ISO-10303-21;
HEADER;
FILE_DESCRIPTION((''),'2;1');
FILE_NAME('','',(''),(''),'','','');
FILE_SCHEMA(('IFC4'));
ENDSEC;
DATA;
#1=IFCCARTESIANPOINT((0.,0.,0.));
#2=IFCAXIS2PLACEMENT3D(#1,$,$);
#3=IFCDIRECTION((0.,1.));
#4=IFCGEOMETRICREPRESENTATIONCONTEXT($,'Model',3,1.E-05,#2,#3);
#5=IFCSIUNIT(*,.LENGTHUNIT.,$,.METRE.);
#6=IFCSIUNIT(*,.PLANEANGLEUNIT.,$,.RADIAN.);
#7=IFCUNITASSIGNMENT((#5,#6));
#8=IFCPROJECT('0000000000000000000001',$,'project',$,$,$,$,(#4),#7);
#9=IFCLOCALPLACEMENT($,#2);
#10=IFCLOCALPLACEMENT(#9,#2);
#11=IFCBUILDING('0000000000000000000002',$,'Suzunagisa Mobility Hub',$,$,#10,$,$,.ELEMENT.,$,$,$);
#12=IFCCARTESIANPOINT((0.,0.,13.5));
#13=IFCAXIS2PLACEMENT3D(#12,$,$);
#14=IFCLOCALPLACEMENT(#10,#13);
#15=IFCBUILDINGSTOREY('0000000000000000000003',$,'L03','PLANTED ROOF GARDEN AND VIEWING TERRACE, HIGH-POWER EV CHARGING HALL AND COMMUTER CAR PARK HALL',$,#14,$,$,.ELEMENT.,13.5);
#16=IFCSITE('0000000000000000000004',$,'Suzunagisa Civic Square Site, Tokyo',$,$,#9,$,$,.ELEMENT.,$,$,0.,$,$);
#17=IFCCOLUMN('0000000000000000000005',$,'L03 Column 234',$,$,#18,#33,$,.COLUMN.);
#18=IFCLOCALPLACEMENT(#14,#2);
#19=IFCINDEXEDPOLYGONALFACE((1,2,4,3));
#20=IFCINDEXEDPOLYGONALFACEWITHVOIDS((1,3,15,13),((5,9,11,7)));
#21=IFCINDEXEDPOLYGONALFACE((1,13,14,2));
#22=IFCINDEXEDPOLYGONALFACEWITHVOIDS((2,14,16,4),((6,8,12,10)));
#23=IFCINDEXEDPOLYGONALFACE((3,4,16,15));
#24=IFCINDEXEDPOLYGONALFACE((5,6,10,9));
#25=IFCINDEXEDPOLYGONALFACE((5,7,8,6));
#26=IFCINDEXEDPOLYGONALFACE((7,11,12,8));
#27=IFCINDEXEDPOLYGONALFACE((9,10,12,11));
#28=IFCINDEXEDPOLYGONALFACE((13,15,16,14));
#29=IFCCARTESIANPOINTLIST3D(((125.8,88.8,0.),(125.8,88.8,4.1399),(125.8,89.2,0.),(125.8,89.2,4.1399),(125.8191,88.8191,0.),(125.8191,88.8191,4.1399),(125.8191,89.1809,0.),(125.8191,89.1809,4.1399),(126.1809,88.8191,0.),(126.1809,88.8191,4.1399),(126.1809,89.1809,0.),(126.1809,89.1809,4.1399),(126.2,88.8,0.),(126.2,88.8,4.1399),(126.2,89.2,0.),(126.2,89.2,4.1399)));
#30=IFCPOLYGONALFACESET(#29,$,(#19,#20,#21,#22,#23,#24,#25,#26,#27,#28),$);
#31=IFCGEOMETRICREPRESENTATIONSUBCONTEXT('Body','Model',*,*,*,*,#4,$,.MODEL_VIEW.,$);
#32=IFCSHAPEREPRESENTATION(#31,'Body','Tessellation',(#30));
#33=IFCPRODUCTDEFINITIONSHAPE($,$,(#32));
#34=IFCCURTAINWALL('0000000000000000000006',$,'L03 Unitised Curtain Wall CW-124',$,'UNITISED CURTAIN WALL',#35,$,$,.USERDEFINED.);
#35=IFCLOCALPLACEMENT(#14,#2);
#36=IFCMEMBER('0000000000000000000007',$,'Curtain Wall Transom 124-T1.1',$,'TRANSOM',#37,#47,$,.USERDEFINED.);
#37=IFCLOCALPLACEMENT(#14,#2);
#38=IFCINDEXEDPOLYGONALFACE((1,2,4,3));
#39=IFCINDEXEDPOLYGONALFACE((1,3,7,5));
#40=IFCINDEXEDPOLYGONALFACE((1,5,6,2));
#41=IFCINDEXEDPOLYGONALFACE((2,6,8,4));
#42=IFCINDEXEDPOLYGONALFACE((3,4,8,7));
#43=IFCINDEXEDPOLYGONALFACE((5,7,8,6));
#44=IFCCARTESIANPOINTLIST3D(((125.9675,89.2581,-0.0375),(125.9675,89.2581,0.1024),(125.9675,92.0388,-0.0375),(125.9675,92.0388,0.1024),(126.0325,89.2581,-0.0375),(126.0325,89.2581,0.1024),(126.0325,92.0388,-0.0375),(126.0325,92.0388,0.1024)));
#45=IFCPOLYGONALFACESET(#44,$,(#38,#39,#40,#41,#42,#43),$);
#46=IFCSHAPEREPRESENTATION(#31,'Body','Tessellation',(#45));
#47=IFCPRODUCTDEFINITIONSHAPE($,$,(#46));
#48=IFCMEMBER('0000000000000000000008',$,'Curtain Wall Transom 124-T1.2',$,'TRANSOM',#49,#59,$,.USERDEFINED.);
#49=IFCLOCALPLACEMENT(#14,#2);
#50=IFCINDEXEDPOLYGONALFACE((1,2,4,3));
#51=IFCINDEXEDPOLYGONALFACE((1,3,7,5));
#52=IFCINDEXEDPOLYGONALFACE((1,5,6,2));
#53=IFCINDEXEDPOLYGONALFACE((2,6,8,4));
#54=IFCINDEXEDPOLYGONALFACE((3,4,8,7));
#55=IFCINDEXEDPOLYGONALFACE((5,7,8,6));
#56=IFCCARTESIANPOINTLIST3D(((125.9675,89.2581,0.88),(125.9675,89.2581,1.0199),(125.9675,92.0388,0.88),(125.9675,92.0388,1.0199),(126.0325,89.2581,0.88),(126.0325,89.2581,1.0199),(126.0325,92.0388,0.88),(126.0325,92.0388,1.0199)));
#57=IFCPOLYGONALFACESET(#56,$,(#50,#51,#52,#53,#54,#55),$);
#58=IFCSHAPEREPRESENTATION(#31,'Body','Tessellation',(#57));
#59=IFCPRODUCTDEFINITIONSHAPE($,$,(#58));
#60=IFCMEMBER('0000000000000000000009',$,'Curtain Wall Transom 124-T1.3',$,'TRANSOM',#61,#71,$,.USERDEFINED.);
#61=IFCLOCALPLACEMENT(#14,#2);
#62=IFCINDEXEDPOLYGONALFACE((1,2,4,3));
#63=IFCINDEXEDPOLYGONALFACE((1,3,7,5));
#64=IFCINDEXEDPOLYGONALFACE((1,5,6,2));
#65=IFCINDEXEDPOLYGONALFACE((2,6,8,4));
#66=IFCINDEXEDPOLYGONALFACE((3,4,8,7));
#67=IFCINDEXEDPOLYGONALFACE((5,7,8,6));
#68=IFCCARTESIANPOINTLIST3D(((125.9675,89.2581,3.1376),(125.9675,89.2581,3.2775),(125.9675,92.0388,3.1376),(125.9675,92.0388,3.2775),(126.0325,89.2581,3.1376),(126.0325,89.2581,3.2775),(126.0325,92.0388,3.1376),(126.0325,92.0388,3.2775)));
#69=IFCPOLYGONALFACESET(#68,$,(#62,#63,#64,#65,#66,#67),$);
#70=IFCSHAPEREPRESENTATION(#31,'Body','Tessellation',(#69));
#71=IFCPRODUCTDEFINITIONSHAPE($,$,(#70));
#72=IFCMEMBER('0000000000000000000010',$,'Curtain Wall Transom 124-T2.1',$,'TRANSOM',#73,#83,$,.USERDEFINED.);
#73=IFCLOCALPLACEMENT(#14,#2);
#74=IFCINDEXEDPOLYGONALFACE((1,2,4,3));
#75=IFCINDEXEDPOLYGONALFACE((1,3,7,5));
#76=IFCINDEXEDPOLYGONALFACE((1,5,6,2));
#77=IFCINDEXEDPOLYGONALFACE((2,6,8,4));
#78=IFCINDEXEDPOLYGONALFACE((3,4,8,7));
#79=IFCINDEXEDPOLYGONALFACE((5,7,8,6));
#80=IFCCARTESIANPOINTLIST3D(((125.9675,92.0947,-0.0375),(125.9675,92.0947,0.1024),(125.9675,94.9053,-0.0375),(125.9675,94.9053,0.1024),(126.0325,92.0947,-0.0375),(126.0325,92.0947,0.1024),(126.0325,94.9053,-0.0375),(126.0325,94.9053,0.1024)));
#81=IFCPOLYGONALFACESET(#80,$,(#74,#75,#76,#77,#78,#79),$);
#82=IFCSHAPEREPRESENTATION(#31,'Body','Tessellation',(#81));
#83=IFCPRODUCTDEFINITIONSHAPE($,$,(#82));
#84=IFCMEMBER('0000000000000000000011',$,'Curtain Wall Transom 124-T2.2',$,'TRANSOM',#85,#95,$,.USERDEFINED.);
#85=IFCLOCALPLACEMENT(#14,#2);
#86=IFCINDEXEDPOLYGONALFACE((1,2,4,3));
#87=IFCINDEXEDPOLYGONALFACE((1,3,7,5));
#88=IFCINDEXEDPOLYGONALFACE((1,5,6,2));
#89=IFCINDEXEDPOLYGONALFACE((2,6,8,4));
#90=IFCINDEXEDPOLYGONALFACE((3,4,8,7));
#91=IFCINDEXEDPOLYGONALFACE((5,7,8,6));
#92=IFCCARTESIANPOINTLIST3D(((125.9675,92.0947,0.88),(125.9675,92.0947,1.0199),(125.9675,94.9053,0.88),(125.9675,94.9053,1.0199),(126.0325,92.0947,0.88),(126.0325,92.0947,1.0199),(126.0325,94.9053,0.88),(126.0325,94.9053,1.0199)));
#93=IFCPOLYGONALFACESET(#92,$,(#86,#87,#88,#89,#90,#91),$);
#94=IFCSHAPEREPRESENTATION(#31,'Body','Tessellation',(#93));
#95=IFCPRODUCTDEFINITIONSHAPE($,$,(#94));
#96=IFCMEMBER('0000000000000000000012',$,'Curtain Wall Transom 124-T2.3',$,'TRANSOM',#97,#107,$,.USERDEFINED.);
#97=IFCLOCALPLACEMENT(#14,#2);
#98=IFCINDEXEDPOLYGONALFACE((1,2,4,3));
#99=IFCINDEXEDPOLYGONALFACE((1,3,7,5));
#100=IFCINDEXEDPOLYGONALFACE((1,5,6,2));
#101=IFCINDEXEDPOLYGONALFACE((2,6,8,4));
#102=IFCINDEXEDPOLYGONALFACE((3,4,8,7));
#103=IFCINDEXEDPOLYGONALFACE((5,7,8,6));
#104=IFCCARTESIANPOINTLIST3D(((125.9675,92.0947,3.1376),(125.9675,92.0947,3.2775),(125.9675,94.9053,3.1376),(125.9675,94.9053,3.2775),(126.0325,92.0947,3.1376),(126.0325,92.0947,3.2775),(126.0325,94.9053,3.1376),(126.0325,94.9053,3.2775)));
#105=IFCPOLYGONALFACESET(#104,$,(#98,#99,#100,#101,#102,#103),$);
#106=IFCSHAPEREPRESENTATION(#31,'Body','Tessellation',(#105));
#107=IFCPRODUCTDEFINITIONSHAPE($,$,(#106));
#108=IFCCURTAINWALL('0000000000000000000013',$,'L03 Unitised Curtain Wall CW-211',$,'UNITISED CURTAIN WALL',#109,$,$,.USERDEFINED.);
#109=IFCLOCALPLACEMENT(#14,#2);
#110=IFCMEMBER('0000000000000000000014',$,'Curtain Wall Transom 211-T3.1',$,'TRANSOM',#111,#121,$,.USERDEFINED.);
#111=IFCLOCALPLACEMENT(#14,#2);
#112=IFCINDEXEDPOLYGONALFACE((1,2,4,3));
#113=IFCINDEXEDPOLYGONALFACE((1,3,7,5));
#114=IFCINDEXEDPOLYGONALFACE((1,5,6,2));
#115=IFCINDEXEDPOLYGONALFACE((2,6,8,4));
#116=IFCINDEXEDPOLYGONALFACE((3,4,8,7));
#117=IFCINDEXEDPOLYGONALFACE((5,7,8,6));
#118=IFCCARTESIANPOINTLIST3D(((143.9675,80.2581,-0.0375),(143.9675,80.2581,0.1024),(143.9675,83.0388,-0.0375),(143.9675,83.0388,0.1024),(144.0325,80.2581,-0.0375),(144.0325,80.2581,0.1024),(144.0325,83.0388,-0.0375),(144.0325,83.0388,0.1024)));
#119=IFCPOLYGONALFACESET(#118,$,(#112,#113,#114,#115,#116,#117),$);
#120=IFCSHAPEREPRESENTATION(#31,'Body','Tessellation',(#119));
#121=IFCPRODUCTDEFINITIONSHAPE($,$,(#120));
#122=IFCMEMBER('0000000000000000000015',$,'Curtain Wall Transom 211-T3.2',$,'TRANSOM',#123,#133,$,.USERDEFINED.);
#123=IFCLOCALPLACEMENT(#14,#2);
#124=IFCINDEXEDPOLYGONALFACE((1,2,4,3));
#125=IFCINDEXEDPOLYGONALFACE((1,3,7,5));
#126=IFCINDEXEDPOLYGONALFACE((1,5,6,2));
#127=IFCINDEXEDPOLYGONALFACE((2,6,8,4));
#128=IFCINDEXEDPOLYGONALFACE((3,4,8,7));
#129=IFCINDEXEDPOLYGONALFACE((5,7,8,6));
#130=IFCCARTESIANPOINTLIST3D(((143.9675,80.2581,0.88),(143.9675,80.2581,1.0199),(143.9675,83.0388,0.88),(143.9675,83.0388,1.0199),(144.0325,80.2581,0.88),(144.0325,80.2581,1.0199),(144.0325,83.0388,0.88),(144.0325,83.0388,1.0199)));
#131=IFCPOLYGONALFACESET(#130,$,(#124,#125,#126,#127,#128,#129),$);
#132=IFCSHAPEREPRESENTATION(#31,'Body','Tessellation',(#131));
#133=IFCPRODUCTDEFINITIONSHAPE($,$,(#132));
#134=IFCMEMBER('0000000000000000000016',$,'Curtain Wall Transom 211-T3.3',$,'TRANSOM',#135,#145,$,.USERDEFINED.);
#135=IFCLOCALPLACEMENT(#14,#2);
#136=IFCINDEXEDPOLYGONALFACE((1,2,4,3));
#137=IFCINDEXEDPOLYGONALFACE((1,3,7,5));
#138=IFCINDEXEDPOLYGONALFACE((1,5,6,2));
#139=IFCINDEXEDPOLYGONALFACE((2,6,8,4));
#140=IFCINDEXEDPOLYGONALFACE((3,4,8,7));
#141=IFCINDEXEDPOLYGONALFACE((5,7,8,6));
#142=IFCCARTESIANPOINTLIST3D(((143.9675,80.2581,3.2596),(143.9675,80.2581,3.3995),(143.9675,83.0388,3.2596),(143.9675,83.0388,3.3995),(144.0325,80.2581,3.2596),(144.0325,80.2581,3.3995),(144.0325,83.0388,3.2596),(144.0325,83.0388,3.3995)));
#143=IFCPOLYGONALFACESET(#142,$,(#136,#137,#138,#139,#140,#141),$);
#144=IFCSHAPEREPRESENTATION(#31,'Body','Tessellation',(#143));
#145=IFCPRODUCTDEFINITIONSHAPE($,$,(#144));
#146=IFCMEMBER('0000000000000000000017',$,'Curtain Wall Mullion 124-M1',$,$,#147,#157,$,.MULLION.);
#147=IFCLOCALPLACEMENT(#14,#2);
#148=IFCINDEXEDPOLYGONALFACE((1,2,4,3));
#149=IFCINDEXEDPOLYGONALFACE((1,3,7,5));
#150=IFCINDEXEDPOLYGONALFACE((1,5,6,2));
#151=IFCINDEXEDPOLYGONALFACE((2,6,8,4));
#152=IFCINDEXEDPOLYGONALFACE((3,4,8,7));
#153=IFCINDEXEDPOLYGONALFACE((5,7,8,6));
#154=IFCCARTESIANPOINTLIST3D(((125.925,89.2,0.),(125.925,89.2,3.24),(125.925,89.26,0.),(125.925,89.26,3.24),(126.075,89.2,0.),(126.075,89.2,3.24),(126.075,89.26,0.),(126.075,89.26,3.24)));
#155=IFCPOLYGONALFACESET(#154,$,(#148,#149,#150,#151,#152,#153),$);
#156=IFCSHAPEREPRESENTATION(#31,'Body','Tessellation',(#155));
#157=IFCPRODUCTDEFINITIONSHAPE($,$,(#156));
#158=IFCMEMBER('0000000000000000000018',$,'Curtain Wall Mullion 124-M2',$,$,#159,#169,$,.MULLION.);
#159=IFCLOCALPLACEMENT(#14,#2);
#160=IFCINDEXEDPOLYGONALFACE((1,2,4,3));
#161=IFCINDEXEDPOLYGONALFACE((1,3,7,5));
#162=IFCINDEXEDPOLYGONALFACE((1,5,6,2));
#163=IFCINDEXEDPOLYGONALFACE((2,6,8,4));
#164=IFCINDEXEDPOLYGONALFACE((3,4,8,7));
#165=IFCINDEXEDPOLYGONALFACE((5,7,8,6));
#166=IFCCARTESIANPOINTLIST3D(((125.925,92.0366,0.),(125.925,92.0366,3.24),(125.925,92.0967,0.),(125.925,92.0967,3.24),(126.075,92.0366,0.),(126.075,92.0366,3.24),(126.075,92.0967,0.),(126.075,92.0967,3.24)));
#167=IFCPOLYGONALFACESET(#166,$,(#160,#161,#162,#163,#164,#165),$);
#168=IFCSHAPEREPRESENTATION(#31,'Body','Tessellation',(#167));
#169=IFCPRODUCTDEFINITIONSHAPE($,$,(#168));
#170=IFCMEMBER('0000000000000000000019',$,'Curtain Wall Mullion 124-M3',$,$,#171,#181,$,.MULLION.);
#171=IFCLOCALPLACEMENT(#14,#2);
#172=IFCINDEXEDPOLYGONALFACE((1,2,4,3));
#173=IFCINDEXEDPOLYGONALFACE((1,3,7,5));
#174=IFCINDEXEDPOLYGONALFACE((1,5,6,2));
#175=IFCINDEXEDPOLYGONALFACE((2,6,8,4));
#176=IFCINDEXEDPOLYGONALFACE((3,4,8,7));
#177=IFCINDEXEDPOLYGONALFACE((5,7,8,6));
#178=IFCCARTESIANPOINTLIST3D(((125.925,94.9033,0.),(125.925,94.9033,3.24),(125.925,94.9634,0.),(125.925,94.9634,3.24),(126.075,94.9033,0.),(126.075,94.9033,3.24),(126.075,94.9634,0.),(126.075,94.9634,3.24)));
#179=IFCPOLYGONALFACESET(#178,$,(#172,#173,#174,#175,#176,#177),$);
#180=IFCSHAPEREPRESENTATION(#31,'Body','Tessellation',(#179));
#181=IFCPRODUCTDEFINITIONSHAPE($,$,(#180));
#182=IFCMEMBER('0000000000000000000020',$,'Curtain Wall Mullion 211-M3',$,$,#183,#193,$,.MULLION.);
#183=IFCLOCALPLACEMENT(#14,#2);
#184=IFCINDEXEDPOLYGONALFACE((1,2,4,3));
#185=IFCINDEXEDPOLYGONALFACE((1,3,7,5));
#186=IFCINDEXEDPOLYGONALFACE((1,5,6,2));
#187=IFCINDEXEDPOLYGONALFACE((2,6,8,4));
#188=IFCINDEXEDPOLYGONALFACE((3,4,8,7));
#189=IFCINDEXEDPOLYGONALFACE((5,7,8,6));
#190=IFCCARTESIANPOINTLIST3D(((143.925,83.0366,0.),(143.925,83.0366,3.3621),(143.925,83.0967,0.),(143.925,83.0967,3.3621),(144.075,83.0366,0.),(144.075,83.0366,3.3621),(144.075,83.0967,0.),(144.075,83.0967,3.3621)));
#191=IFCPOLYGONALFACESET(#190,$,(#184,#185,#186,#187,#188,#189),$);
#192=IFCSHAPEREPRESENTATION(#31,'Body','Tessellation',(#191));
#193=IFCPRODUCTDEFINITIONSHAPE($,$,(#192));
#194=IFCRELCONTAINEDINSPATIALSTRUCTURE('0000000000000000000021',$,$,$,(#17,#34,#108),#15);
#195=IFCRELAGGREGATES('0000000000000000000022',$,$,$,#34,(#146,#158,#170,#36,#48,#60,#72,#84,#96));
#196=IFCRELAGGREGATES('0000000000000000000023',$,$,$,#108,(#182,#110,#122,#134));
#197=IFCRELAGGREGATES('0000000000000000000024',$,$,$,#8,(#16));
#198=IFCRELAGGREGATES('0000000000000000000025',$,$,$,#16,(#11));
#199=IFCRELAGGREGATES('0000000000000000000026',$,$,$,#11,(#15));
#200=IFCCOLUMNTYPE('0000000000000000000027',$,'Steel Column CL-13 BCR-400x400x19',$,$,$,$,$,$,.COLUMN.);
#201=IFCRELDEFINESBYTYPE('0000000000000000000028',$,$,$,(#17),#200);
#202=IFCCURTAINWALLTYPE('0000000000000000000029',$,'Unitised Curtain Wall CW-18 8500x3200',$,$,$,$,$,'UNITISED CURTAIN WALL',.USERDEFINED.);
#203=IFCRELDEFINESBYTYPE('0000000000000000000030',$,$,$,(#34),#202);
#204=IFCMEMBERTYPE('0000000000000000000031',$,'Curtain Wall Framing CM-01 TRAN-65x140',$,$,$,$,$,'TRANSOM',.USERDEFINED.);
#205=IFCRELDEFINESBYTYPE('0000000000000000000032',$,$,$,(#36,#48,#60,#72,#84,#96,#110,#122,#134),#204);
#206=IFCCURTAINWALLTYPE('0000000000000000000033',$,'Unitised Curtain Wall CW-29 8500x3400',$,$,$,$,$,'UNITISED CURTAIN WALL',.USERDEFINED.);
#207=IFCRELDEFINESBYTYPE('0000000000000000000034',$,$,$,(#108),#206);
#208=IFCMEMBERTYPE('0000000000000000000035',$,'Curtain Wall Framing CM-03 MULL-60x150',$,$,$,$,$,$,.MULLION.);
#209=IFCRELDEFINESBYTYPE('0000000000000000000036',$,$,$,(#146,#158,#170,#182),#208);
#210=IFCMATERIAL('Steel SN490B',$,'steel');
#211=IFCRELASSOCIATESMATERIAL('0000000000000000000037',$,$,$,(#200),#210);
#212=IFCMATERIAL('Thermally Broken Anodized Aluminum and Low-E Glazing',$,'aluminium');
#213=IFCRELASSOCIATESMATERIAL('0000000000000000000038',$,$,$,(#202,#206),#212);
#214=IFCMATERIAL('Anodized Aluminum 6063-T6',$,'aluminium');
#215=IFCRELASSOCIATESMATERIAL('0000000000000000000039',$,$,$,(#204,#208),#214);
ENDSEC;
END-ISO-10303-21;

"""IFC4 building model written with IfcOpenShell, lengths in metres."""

from ifc_helpers import new_model, si_unit, direction, frame, origin, origin_2d, place, context, subcontext, project, spatial, rectangle, hollow_rectangle, extrude, material, material_profile, profile_set, type_object, element, aggregate, save


model = new_model("IFC4")

# Units and contexts
model_context = context("Model", 3, precision=1e-05, world=origin(), true_north=direction((0.0, 1.0)))
body_context = subcontext(model_context, "Body", "Model", "MODEL_VIEW")
ifc_project = project(units=[si_unit("LENGTHUNIT", "METRE"), si_unit("PLANEANGLEUNIT", "RADIAN")], contexts=[model_context])

# Site, building, storey
site_placement = place(None, origin())
site = spatial("IfcSite", under=ifc_project, at=site_placement, Name="Suzunagisa Civic Square Site, Tokyo", CompositionType="ELEMENT", RefElevation=0.0)
building_placement = place(site_placement, origin())
building = spatial("IfcBuilding", under=site, at=building_placement, Name="Suzunagisa Mobility Hub", CompositionType="ELEMENT")
storey_placement = place(building_placement, frame((0.0, 0.0, 13.5)))
storey = spatial("IfcBuildingStorey", under=building, at=storey_placement, Name="L03", Description="PLANTED ROOF GARDEN AND VIEWING TERRACE, HIGH-POWER EV CHARGING HALL AND COMMUTER CAR PARK HALL", CompositionType="ELEMENT", Elevation=13.5)

# Column
ifc_material_1 = material(Name="Steel SN490B", Category="steel")
ifc_material_profile_1 = material_profile(ifc_material_1, hollow_rectangle(XDim=0.3999, YDim=0.3999, WallThickness=0.019, at=origin_2d()), Name="BCR-400x400x19")
ifc_profile_set_1 = profile_set([ifc_material_profile_1], Name="Steel SN490B")
column_type = type_object("IfcColumnType", Name="Steel Column CL-13 BCR-400x400x19", PredefinedType="COLUMN", material=ifc_profile_set_1)
column_placement = place(storey_placement, frame((126.0, 89.0, 0.0), z_axis=(0.0, 0.0, 1.0), x_axis=(1.0, 0.0, 0.0)))
element("IfcColumn", 1, at=column_placement, inside=storey, type_object=column_type, Name="L03 Column 234", PredefinedType="COLUMN", context=body_context, shape_type="SweptSolid", body=[
    extrude(hollow_rectangle(XDim=0.3999, YDim=0.3999, WallThickness=0.019, at=origin_2d()), origin(), (0.0, 0.0, 1.0), 4.1399),
])

# Curtain walls, members
ifc_material_2 = material(Name="Thermally Broken Anodized Aluminum and Low-E Glazing", Category="aluminium")
curtain_wall_type_1 = type_object("IfcCurtainWallType", Name="Unitised Curtain Wall CW-18 8500x3200", ElementType="UNITISED CURTAIN WALL", PredefinedType="USERDEFINED", material=ifc_material_2)
curtain_wall_1_placement = place(storey_placement, origin())
curtain_wall_1 = element("IfcCurtainWall", 2, at=curtain_wall_1_placement, inside=storey, type_object=curtain_wall_type_1, Name="L03 Unitised Curtain Wall CW-124", ObjectType="UNITISED CURTAIN WALL", PredefinedType="USERDEFINED")
ifc_material_3 = material(Name="Anodized Aluminum 6063-T6", Category="aluminium")
ifc_material_profile_2 = material_profile(ifc_material_3, rectangle(XDim=0.0649, YDim=0.1399, at=origin_2d()), Name="TRAN-65x140")
ifc_profile_set_2 = profile_set([ifc_material_profile_2], Name="Anodized Aluminum 6063-T6")
member_type_1 = type_object("IfcMemberType", Name="Curtain Wall Framing CM-01 TRAN-65x140", ElementType="TRANSOM", PredefinedType="USERDEFINED", material=ifc_profile_set_2)
member_1_placement = place(storey_placement, frame((126.0, 89.2581, 0.0325), z_axis=(0.0, 1.0, 0.0), x_axis=(-1.0, 0.0, 0.0)))
member_1 = element("IfcMember", 3, at=member_1_placement, type_object=member_type_1, Name="Curtain Wall Transom 124-T1.1", ObjectType="TRANSOM", PredefinedType="USERDEFINED", context=body_context, shape_type="SweptSolid", body=[
    extrude(rectangle(XDim=0.0649, YDim=0.1399, at=origin_2d()), origin(), (0.0, 0.0, 1.0), 2.7808),
])
member_2_placement = place(storey_placement, frame((126.0, 89.2581, 0.95), z_axis=(0.0, 1.0, 0.0), x_axis=(-1.0, 0.0, 0.0)))
member_2 = element("IfcMember", 4, at=member_2_placement, type_object=member_type_1, Name="Curtain Wall Transom 124-T1.2", ObjectType="TRANSOM", PredefinedType="USERDEFINED", context=body_context, shape_type="SweptSolid", body=[
    extrude(rectangle(XDim=0.0649, YDim=0.1399, at=origin_2d()), origin(), (0.0, 0.0, 1.0), 2.7808),
])
member_3_placement = place(storey_placement, frame((126.0, 89.2581, 3.2075), z_axis=(0.0, 1.0, 0.0), x_axis=(-1.0, 0.0, 0.0)))
member_3 = element("IfcMember", 5, at=member_3_placement, type_object=member_type_1, Name="Curtain Wall Transom 124-T1.3", ObjectType="TRANSOM", PredefinedType="USERDEFINED", context=body_context, shape_type="SweptSolid", body=[
    extrude(rectangle(XDim=0.0649, YDim=0.1399, at=origin_2d()), origin(), (0.0, 0.0, 1.0), 2.7808),
])
member_4_placement = place(storey_placement, frame((126.0, 92.0947, 0.0325), z_axis=(0.0, 1.0, 0.0), x_axis=(-1.0, 0.0, 0.0)))
member_4 = element("IfcMember", 6, at=member_4_placement, type_object=member_type_1, Name="Curtain Wall Transom 124-T2.1", ObjectType="TRANSOM", PredefinedType="USERDEFINED", context=body_context, shape_type="SweptSolid", body=[
    extrude(rectangle(XDim=0.0649, YDim=0.1399, at=origin_2d()), origin(), (0.0, 0.0, 1.0), 2.8105),
])
member_5_placement = place(storey_placement, frame((126.0, 92.0947, 0.95), z_axis=(0.0, 1.0, 0.0), x_axis=(-1.0, 0.0, 0.0)))
member_5 = element("IfcMember", 7, at=member_5_placement, type_object=member_type_1, Name="Curtain Wall Transom 124-T2.2", ObjectType="TRANSOM", PredefinedType="USERDEFINED", context=body_context, shape_type="SweptSolid", body=[
    extrude(rectangle(XDim=0.0649, YDim=0.1399, at=origin_2d()), origin(), (0.0, 0.0, 1.0), 2.8105),
])
member_6_placement = place(storey_placement, frame((126.0, 92.0947, 3.2075), z_axis=(0.0, 1.0, 0.0), x_axis=(-1.0, 0.0, 0.0)))
member_6 = element("IfcMember", 8, at=member_6_placement, type_object=member_type_1, Name="Curtain Wall Transom 124-T2.3", ObjectType="TRANSOM", PredefinedType="USERDEFINED", context=body_context, shape_type="SweptSolid", body=[
    extrude(rectangle(XDim=0.0649, YDim=0.1399, at=origin_2d()), origin(), (0.0, 0.0, 1.0), 2.8105),
])
curtain_wall_type_2 = type_object("IfcCurtainWallType", Name="Unitised Curtain Wall CW-29 8500x3400", ElementType="UNITISED CURTAIN WALL", PredefinedType="USERDEFINED", material=ifc_material_2)
curtain_wall_2_placement = place(storey_placement, origin())
curtain_wall_2 = element("IfcCurtainWall", 9, at=curtain_wall_2_placement, inside=storey, type_object=curtain_wall_type_2, Name="L03 Unitised Curtain Wall CW-211", ObjectType="UNITISED CURTAIN WALL", PredefinedType="USERDEFINED")
member_7_placement = place(storey_placement, frame((144.0, 83.0388, 0.0325), z_axis=(0.0, -1.0, 0.0), x_axis=(1.0, 0.0, 0.0)))
member_7 = element("IfcMember", 10, at=member_7_placement, type_object=member_type_1, Name="Curtain Wall Transom 211-T3.1", ObjectType="TRANSOM", PredefinedType="USERDEFINED", context=body_context, shape_type="SweptSolid", body=[
    extrude(rectangle(XDim=0.0649, YDim=0.1399, at=origin_2d()), origin(), (0.0, 0.0, 1.0), 2.7808),
])
member_8_placement = place(storey_placement, frame((144.0, 83.0388, 0.95), z_axis=(0.0, -1.0, 0.0), x_axis=(1.0, 0.0, 0.0)))
member_8 = element("IfcMember", 11, at=member_8_placement, type_object=member_type_1, Name="Curtain Wall Transom 211-T3.2", ObjectType="TRANSOM", PredefinedType="USERDEFINED", context=body_context, shape_type="SweptSolid", body=[
    extrude(rectangle(XDim=0.0649, YDim=0.1399, at=origin_2d()), origin(), (0.0, 0.0, 1.0), 2.7808),
])
member_9_placement = place(storey_placement, frame((144.0, 83.0388, 3.3296), z_axis=(0.0, -1.0, 0.0), x_axis=(1.0, 0.0, 0.0)))
member_9 = element("IfcMember", 12, at=member_9_placement, type_object=member_type_1, Name="Curtain Wall Transom 211-T3.3", ObjectType="TRANSOM", PredefinedType="USERDEFINED", context=body_context, shape_type="SweptSolid", body=[
    extrude(rectangle(XDim=0.0649, YDim=0.1399, at=origin_2d()), origin(), (0.0, 0.0, 1.0), 2.7808),
])

# Members
ifc_material_profile_3 = material_profile(ifc_material_3, rectangle(XDim=0.0601, YDim=0.1499, at=origin_2d()), Name="MULL-60x150")
ifc_profile_set_3 = profile_set([ifc_material_profile_3], Name="Anodized Aluminum 6063-T6")
member_type_2 = type_object("IfcMemberType", Name="Curtain Wall Framing CM-03 MULL-60x150", PredefinedType="MULLION", material=ifc_profile_set_3)
member_10_placement = place(storey_placement, frame((126.0, 89.23, 0.0), z_axis=(0.0, 0.0, 1.0), x_axis=(0.0, 1.0, 0.0)))
member_10 = element("IfcMember", 13, at=member_10_placement, type_object=member_type_2, Name="Curtain Wall Mullion 124-M1", PredefinedType="MULLION", context=body_context, shape_type="SweptSolid", body=[
    extrude(rectangle(XDim=0.0601, YDim=0.1499, at=origin_2d()), origin(), (0.0, 0.0, 1.0), 3.24),
])
member_11_placement = place(storey_placement, frame((126.0, 92.0667, 0.0), z_axis=(0.0, 0.0, 1.0), x_axis=(0.0, 1.0, 0.0)))
member_11 = element("IfcMember", 14, at=member_11_placement, type_object=member_type_2, Name="Curtain Wall Mullion 124-M2", PredefinedType="MULLION", context=body_context, shape_type="SweptSolid", body=[
    extrude(rectangle(XDim=0.0601, YDim=0.1499, at=origin_2d()), origin(), (0.0, 0.0, 1.0), 3.24),
])
member_12_placement = place(storey_placement, frame((126.0, 94.9333, 0.0), z_axis=(0.0, 0.0, 1.0), x_axis=(0.0, 1.0, 0.0)))
member_12 = element("IfcMember", 15, at=member_12_placement, type_object=member_type_2, Name="Curtain Wall Mullion 124-M3", PredefinedType="MULLION", context=body_context, shape_type="SweptSolid", body=[
    extrude(rectangle(XDim=0.0601, YDim=0.1499, at=origin_2d()), origin(), (0.0, 0.0, 1.0), 3.24),
])
member_13_placement = place(storey_placement, frame((144.0, 83.0667, 0.0), z_axis=(0.0, 0.0, 1.0), x_axis=(0.0, -1.0, 0.0)))
member_13 = element("IfcMember", 16, at=member_13_placement, type_object=member_type_2, Name="Curtain Wall Mullion 211-M3", PredefinedType="MULLION", context=body_context, shape_type="SweptSolid", body=[
    extrude(rectangle(XDim=0.0601, YDim=0.1499, at=origin_2d()), origin(), (0.0, 0.0, 1.0), 3.3621),
])

aggregate(curtain_wall_1, [member_10, member_11, member_12, member_1, member_2, member_3, member_4, member_5, member_6])
aggregate(curtain_wall_2, [member_13, member_7, member_8, member_9])

save(model, "model.ifc")
